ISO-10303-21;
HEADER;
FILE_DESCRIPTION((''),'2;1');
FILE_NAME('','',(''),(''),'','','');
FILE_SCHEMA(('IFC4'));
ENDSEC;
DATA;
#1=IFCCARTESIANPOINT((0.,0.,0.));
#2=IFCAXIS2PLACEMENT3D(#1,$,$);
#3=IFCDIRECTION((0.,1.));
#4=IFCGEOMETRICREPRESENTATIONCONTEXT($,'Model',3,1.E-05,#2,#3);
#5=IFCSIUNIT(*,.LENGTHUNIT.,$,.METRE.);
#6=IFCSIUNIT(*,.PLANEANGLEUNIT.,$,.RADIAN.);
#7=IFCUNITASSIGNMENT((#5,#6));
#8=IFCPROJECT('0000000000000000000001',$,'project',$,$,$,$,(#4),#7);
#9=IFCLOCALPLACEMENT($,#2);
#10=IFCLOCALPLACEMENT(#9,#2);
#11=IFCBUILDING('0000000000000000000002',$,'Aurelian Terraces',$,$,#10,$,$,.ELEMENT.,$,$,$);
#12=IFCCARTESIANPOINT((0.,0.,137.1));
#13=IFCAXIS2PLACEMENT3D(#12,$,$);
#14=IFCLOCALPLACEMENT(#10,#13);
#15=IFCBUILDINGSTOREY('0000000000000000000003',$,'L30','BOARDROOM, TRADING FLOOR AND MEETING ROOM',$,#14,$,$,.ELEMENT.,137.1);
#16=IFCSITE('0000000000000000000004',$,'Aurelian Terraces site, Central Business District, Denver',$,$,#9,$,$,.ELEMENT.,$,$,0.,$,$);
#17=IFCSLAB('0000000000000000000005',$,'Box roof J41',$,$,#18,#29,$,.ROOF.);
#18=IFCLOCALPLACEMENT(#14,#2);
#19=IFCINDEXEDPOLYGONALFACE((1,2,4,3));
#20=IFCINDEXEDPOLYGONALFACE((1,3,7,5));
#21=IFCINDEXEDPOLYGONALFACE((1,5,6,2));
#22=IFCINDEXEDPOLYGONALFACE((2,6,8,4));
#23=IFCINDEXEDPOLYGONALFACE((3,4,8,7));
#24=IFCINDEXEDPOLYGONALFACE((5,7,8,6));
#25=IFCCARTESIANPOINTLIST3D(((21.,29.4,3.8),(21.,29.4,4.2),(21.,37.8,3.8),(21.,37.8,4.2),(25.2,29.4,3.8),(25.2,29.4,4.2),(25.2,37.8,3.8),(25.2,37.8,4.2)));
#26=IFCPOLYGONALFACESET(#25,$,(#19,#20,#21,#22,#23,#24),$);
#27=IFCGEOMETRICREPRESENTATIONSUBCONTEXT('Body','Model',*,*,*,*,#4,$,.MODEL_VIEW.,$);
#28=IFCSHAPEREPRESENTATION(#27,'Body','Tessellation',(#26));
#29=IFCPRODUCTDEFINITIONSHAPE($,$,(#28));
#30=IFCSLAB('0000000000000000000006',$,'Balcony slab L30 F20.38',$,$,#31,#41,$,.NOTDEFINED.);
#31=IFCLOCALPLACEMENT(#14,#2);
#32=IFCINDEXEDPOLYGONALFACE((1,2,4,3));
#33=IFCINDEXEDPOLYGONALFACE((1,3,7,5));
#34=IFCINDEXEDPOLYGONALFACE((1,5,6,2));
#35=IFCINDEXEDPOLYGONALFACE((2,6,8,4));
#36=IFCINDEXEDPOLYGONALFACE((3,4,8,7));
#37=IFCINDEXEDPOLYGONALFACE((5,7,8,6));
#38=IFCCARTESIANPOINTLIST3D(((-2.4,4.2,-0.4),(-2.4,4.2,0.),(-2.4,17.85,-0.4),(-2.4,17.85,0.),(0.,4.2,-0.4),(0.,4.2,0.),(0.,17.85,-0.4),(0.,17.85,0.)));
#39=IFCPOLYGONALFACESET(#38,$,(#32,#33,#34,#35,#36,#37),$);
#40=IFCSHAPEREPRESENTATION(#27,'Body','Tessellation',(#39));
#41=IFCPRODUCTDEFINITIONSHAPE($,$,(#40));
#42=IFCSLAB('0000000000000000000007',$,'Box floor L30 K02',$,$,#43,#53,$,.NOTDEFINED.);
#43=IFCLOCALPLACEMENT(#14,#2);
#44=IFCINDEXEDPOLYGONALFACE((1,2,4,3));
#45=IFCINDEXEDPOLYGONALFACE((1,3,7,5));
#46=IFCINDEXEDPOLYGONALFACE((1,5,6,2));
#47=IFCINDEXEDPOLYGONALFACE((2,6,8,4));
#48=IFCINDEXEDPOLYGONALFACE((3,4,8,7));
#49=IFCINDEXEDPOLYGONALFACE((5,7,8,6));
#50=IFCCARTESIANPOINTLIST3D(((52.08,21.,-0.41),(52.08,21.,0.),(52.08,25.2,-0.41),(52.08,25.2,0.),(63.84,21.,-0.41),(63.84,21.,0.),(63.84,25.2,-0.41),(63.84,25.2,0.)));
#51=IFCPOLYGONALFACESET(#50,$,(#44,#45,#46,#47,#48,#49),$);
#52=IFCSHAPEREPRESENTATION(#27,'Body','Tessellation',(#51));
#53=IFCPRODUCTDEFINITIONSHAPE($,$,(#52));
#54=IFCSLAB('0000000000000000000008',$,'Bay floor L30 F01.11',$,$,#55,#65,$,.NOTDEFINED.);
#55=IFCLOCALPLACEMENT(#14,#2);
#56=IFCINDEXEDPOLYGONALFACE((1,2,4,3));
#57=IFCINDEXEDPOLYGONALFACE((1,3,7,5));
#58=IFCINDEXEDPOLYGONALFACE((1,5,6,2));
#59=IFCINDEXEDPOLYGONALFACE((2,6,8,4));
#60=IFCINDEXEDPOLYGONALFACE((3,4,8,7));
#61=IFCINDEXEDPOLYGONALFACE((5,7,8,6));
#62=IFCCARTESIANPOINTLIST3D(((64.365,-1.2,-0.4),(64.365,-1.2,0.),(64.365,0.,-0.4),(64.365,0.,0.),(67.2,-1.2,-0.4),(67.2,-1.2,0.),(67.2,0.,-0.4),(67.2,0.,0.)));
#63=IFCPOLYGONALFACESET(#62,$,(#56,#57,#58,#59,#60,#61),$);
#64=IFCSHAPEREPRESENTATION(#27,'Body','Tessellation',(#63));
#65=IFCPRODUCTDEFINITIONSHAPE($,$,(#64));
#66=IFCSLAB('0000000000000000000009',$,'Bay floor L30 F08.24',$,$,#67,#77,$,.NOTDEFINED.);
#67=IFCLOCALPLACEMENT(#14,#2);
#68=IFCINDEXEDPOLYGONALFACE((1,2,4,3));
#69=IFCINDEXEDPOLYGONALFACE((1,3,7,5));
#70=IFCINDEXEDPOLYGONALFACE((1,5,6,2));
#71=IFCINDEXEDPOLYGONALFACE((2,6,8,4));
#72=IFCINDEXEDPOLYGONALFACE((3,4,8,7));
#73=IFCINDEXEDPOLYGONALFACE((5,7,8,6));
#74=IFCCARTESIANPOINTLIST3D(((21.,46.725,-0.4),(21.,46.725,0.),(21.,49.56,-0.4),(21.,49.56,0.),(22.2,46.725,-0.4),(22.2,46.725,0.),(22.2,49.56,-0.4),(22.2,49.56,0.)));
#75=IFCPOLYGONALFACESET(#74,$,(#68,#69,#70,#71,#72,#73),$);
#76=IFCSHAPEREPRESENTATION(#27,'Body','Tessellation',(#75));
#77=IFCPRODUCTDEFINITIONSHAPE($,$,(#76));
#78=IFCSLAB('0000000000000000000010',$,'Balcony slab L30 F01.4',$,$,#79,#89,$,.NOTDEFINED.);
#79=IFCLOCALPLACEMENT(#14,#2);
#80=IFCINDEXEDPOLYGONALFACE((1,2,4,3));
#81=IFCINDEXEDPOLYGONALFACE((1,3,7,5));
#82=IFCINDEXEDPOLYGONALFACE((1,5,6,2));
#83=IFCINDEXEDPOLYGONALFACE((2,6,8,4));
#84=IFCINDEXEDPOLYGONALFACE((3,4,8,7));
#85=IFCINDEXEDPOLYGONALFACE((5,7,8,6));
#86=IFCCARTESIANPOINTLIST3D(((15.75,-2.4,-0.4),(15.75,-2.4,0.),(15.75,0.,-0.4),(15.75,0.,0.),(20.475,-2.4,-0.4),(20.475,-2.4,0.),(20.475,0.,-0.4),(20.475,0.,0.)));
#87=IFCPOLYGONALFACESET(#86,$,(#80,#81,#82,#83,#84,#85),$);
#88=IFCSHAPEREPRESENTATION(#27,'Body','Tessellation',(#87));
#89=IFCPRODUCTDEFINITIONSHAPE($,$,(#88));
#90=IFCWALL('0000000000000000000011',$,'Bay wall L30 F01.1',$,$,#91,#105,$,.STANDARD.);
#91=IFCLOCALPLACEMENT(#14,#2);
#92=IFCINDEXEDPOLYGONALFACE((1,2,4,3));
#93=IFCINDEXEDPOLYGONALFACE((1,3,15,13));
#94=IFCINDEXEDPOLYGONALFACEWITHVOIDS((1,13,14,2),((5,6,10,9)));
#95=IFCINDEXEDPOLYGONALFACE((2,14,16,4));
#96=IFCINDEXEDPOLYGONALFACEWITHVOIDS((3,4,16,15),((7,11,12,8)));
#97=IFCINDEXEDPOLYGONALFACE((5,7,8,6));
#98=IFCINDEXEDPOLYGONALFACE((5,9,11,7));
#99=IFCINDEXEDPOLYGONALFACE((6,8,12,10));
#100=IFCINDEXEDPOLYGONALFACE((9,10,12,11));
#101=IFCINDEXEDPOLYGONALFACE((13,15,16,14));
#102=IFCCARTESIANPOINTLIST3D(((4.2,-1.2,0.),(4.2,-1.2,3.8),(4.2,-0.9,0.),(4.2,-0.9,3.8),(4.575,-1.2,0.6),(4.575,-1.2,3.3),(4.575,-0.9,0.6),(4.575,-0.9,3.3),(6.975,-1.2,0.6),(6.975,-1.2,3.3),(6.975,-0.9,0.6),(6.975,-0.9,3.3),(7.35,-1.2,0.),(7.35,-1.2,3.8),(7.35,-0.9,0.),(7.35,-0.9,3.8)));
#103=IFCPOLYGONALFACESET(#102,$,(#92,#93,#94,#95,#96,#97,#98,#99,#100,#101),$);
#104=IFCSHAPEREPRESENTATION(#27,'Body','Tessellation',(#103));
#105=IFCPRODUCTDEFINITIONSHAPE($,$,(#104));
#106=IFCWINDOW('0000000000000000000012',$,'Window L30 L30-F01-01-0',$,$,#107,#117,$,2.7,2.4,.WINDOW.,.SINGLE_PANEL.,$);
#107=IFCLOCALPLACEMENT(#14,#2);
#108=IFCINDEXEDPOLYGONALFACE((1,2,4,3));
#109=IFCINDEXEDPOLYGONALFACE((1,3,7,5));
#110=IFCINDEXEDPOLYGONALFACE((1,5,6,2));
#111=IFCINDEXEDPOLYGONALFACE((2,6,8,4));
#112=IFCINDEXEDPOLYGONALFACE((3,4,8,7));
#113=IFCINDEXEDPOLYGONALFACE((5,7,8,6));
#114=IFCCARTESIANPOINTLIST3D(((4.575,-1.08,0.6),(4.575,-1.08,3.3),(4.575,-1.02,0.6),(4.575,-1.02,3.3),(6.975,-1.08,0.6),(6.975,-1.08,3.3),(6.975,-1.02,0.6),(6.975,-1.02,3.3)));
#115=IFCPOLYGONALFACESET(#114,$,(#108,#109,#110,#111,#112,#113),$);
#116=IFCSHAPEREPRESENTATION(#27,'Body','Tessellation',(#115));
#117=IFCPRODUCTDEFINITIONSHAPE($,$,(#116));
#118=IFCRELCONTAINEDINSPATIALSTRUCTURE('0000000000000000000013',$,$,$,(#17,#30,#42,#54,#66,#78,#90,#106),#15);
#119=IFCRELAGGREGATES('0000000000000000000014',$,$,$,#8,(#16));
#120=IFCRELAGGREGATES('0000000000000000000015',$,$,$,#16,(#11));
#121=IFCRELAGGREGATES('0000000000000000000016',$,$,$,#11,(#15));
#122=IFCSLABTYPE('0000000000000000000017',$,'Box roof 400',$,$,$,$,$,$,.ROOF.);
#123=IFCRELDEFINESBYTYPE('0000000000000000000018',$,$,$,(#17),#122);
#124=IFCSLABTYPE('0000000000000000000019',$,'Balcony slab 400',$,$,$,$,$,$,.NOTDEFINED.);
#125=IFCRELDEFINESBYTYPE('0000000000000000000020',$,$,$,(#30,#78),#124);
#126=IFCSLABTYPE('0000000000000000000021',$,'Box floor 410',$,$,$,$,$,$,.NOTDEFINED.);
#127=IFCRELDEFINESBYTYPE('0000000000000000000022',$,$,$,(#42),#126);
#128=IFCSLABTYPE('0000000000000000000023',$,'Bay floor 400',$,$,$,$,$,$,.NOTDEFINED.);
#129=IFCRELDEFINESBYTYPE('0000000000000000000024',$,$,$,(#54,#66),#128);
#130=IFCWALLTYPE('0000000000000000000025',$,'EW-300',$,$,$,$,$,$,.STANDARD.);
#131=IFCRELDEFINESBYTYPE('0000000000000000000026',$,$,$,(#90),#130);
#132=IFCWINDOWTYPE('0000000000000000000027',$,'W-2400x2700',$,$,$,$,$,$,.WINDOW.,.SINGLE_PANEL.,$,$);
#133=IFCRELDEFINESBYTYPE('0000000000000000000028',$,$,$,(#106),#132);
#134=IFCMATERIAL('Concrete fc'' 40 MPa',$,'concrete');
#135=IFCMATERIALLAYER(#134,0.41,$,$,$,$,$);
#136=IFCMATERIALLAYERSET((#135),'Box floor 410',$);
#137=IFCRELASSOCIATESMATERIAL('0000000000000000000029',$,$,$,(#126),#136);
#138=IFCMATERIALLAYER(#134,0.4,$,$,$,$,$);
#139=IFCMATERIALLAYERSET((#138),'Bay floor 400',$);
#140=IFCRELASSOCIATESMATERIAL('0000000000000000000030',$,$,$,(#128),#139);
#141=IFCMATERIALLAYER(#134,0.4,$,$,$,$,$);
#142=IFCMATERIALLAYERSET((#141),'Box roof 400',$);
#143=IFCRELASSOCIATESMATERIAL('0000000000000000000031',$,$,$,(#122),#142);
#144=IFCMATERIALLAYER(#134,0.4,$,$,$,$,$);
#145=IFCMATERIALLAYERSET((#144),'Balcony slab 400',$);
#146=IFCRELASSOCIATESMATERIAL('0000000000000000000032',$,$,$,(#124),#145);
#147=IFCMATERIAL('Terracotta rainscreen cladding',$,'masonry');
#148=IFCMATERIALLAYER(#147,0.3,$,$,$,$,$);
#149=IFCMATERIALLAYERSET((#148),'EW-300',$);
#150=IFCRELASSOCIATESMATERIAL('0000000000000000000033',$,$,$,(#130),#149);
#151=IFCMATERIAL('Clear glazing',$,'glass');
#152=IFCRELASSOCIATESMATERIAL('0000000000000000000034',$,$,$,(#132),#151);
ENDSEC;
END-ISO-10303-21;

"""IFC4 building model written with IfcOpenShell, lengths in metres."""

from ifc_helpers import new_model, si_unit, direction, frame, frame_2d, origin, place, context, subcontext, project, spatial, polyline, rectangle, outline, extrude, source, transform, mapped, material, layer, layer_set, type_object, element, fill, save


model = new_model("IFC4")

# Units and contexts
model_context = context("Model", 3, precision=1e-05, world=origin(), true_north=direction((0.0, 1.0)))
body_context = subcontext(model_context, "Body", "Model", "MODEL_VIEW")
ifc_project = project(units=[si_unit("LENGTHUNIT", "METRE"), si_unit("PLANEANGLEUNIT", "RADIAN")], contexts=[model_context])

# Site, building, storey
site_placement = place(None, origin())
site = spatial("IfcSite", under=ifc_project, at=site_placement, Name="Aurelian Terraces site, Central Business District, Denver", CompositionType="ELEMENT", RefElevation=0.0)
building_placement = place(site_placement, origin())
building = spatial("IfcBuilding", under=site, at=building_placement, Name="Aurelian Terraces", CompositionType="ELEMENT")
storey_placement = place(building_placement, frame((0.0, 0.0, 137.1)))
storey = spatial("IfcBuildingStorey", under=building, at=storey_placement, Name="L30", Description="BOARDROOM, TRADING FLOOR AND MEETING ROOM", CompositionType="ELEMENT", Elevation=137.1)

# Slabs
ifc_material_1 = material(Name="Concrete fc' 40 MPa", Category="concrete")
ifc_layer_1 = layer(ifc_material_1, 0.41)
ifc_layer_set_1 = layer_set([ifc_layer_1], Name="Box floor 410")
slab_type_1 = type_object("IfcSlabType", Name="Box floor 410", PredefinedType="NOTDEFINED", material=ifc_layer_set_1)
ifc_layer_2 = layer(ifc_material_1, 0.4)
ifc_layer_set_2 = layer_set([ifc_layer_2], Name="Bay floor 400")
slab_type_2 = type_object("IfcSlabType", Name="Bay floor 400", PredefinedType="NOTDEFINED", material=ifc_layer_set_2)
ifc_layer_3 = layer(ifc_material_1, 0.4)
ifc_layer_set_3 = layer_set([ifc_layer_3], Name="Box roof 400")
slab_type_3 = type_object("IfcSlabType", Name="Box roof 400", PredefinedType="ROOF", material=ifc_layer_set_3)
shared_shape_1 = source(origin(), body_context, "Body", "SweptSolid", [
    extrude(outline(polyline([(25.2, 29.4), (25.2, 37.8), (21.0, 37.8), (21.0, 29.4), (25.2, 29.4)])), origin(), (0.0, 0.0, 1.0), 0.4),
])
slab_1_placement = place(storey_placement, frame((0.0, 0.0, 3.8)))
element("IfcSlab", 1, at=slab_1_placement, inside=storey, type_object=slab_type_3, Name="Box roof J41", PredefinedType="ROOF", context=body_context, shape_type="MappedRepresentation", body=[
    mapped(shared_shape_1, transform((0.0, 0.0, 0.0), scale=1.0)),
])
ifc_layer_4 = layer(ifc_material_1, 0.4)
ifc_layer_set_4 = layer_set([ifc_layer_4], Name="Balcony slab 400")
slab_type_4 = type_object("IfcSlabType", Name="Balcony slab 400", PredefinedType="NOTDEFINED", material=ifc_layer_set_4)
shared_shape_2 = source(origin(), body_context, "Body", "SweptSolid", [
    extrude(outline(polyline([(0.0, 17.85), (0.0, 4.2), (-2.4, 4.2), (-2.4, 17.85), (0.0, 17.85)])), origin(), (0.0, 0.0, 1.0), 0.4),
])
slab_2_placement = place(storey_placement, frame((0.0, 0.0, -0.4)))
element("IfcSlab", 2, at=slab_2_placement, inside=storey, type_object=slab_type_4, Name="Balcony slab L30 F20.38", PredefinedType="NOTDEFINED", context=body_context, shape_type="MappedRepresentation", body=[
    mapped(shared_shape_2, transform((0.0, 0.0, 0.0), scale=1.0)),
])
shared_shape_3 = source(origin(), body_context, "Body", "SweptSolid", [
    extrude(outline(polyline([(63.84, 25.2), (52.08, 25.2), (52.08, 21.0), (63.84, 21.0), (63.84, 25.2)])), origin(), (0.0, 0.0, 1.0), 0.41),
])
slab_3_placement = place(storey_placement, frame((0.0, 0.0, -0.41)))
element("IfcSlab", 3, at=slab_3_placement, inside=storey, type_object=slab_type_1, Name="Box floor L30 K02", PredefinedType="NOTDEFINED", context=body_context, shape_type="MappedRepresentation", body=[
    mapped(shared_shape_3, transform((0.0, 0.0, 0.0), scale=1.0)),
])
shared_shape_4 = source(origin(), body_context, "Body", "SweptSolid", [
    extrude(outline(polyline([(64.365, 0.0), (67.2, 0.0), (67.2, -1.2), (64.365, -1.2), (64.365, 0.0)])), origin(), (0.0, 0.0, 1.0), 0.4),
])
slab_4_placement = place(storey_placement, frame((0.0, 0.0, -0.4)))
element("IfcSlab", 4, at=slab_4_placement, inside=storey, type_object=slab_type_2, Name="Bay floor L30 F01.11", PredefinedType="NOTDEFINED", context=body_context, shape_type="MappedRepresentation", body=[
    mapped(shared_shape_4, transform((0.0, 0.0, 0.0), scale=1.0)),
])
shared_shape_5 = source(origin(), body_context, "Body", "SweptSolid", [
    extrude(outline(polyline([(21.0, 46.725), (21.0, 49.56), (22.2, 49.56), (22.2, 46.725), (21.0, 46.725)])), origin(), (0.0, 0.0, 1.0), 0.4),
])
slab_5_placement = place(storey_placement, frame((0.0, 0.0, -0.4)))
element("IfcSlab", 5, at=slab_5_placement, inside=storey, type_object=slab_type_2, Name="Bay floor L30 F08.24", PredefinedType="NOTDEFINED", context=body_context, shape_type="MappedRepresentation", body=[
    mapped(shared_shape_5, transform((0.0, 0.0, 0.0), scale=1.0)),
])
shared_shape_6 = source(origin(), body_context, "Body", "SweptSolid", [
    extrude(outline(polyline([(15.75, 0.0), (20.475, 0.0), (20.475, -2.4), (15.75, -2.4), (15.75, 0.0)])), origin(), (0.0, 0.0, 1.0), 0.4),
])
slab_6_placement = place(storey_placement, frame((0.0, 0.0, -0.4)))
element("IfcSlab", 6, at=slab_6_placement, inside=storey, type_object=slab_type_4, Name="Balcony slab L30 F01.4", PredefinedType="NOTDEFINED", context=body_context, shape_type="MappedRepresentation", body=[
    mapped(shared_shape_6, transform((0.0, 0.0, 0.0), scale=1.0)),
])

# Wall, opening, window
ifc_material_2 = material(Name="Terracotta rainscreen cladding", Category="masonry")
ifc_layer_5 = layer(ifc_material_2, 0.3)
ifc_layer_set_5 = layer_set([ifc_layer_5], Name="EW-300")
wall_type = type_object("IfcWallType", Name="EW-300", PredefinedType="STANDARD", material=ifc_layer_set_5)
shared_shape_7 = source(origin(), body_context, "Body", "SweptSolid", [
    extrude(rectangle(XDim=3.15, YDim=0.3, at=frame_2d((1.575, 0.0))), origin(), (0.0, 0.0, 1.0), 3.8),
])
wall_placement = place(storey_placement, frame((4.2, -1.05, 0.0), z_axis=(0.0, 0.0, 1.0), x_axis=(1.0, 0.0, 0.0)))
wall = element("IfcWall", 7, at=wall_placement, inside=storey, type_object=wall_type, Name="Bay wall L30 F01.1", PredefinedType="STANDARD", context=body_context, shape_type="MappedRepresentation", body=[
    mapped(shared_shape_7, transform((0.0, 0.0, 0.0), scale=1.0)),
])
shared_shape_8 = source(origin(), body_context, "Body", "SweptSolid", [
    extrude(rectangle(XDim=2.4, YDim=2.7, at=frame_2d((1.2, 1.35))), frame((0.0, 0.16, 0.0), z_axis=(0.0, -1.0, 0.0), x_axis=(1.0, 0.0, 0.0)), (0.0, 0.0, 1.0), 0.32),
])
opening_placement = place(wall_placement, frame((0.375, 0.0, 0.6)))
opening = element("IfcOpeningElement", 8, at=opening_placement, cuts=wall, PredefinedType="OPENING", context=body_context, shape_type="MappedRepresentation", body=[
    mapped(shared_shape_8, transform((0.0, 0.0, 0.0), scale=1.0)),
])
ifc_material_3 = material(Name="Clear glazing", Category="glass")
window_type = type_object("IfcWindowType", Name="W-2400x2700", PartitioningType="SINGLE_PANEL", PredefinedType="WINDOW", material=ifc_material_3)
shared_shape_9 = source(origin(), body_context, "Body", "SweptSolid", [
    extrude(rectangle(XDim=2.4, YDim=2.7, at=frame_2d((1.2, 1.35))), frame((0.0, 0.03, 0.0), z_axis=(0.0, -1.0, 0.0), x_axis=(1.0, 0.0, 0.0)), (0.0, 0.0, 1.0), 0.06),
])
window_placement = place(opening_placement, origin())
window = element("IfcWindow", 9, at=window_placement, inside=storey, type_object=window_type, Name="Window L30 L30-F01-01-0", OverallHeight=2.7, OverallWidth=2.4, PartitioningType="SINGLE_PANEL", PredefinedType="WINDOW", context=body_context, shape_type="MappedRepresentation", body=[
    mapped(shared_shape_9, transform((0.0, 0.0, 0.0), scale=1.0)),
])
fill(opening, window)

save(model, "model.ifc")
